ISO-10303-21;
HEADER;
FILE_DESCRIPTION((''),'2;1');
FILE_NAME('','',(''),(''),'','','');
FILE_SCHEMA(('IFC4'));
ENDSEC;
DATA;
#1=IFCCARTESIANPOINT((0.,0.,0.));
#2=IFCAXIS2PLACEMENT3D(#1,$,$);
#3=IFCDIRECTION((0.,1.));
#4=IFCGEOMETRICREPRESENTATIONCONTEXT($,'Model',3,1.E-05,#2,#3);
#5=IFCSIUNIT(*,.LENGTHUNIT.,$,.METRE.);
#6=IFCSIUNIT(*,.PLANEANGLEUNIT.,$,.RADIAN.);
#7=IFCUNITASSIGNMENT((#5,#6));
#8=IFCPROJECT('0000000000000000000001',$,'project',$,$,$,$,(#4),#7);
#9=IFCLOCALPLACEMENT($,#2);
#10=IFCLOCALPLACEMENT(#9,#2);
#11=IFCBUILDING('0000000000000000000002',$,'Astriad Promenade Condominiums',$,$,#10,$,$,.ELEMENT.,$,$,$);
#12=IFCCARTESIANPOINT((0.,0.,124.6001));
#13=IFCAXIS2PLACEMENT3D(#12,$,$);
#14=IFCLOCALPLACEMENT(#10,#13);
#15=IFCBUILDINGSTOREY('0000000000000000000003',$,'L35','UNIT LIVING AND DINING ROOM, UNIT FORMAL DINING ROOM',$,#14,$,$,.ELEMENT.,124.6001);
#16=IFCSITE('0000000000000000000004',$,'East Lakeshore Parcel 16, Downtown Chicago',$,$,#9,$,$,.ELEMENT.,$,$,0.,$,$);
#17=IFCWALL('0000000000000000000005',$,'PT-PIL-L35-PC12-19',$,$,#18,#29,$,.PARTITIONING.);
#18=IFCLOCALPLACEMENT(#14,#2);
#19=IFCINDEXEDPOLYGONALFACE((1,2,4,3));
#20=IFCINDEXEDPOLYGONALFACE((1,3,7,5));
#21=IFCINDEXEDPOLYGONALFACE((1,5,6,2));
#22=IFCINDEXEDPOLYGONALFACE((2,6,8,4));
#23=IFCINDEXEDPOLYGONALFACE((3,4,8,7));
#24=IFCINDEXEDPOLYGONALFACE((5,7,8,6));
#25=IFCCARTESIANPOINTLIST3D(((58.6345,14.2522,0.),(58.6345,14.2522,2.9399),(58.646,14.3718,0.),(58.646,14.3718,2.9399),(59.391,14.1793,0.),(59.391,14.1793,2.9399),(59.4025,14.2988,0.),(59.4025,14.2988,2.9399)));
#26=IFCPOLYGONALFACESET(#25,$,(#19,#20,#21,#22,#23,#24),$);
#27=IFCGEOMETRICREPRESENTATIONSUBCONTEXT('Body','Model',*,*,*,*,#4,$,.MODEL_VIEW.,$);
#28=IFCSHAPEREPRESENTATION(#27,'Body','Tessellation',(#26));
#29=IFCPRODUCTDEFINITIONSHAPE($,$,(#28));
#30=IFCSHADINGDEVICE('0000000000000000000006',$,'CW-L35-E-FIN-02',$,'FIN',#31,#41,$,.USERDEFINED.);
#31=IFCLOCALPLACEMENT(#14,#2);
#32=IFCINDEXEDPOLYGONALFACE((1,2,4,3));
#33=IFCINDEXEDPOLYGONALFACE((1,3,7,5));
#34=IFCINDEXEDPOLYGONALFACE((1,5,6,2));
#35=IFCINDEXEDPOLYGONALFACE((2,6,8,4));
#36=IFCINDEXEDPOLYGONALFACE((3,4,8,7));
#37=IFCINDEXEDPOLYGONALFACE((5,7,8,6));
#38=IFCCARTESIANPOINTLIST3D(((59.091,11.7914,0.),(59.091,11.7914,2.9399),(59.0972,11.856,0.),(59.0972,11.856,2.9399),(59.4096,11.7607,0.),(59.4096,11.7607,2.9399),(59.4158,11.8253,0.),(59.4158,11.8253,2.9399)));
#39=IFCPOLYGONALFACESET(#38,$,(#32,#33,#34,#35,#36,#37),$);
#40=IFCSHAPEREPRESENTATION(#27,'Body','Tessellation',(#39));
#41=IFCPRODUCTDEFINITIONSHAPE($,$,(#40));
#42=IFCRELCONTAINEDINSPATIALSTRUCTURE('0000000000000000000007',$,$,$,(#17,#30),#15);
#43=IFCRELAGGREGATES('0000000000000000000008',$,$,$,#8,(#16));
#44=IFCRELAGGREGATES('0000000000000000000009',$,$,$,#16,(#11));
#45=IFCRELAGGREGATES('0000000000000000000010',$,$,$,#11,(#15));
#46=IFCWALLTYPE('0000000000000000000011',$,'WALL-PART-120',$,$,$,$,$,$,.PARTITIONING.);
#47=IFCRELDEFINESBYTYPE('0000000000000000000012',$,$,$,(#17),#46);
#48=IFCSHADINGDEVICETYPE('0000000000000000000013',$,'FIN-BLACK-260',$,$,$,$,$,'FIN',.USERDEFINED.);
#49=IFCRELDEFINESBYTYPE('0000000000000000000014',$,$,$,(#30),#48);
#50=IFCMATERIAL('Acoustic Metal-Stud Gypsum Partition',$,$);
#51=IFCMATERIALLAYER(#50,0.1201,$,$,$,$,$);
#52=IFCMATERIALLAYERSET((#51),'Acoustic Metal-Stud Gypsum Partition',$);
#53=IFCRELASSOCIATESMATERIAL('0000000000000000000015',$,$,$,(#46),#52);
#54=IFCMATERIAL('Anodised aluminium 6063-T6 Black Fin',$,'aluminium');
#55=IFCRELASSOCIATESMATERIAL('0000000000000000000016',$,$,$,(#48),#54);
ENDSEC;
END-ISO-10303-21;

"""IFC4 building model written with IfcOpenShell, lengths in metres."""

from ifc_helpers import new_model, si_unit, direction, frame, frame_2d, origin, origin_2d, place, context, subcontext, project, spatial, rectangle, extrude, source, transform, mapped, material, layer, layer_set, type_object, type_shapes, element, save


model = new_model("IFC4")

# Units and contexts
model_context = context("Model", 3, precision=1e-05, world=origin(), true_north=direction((0.0, 1.0)))
body_context = subcontext(model_context, "Body", "Model", "MODEL_VIEW")
ifc_project = project(units=[si_unit("LENGTHUNIT", "METRE"), si_unit("PLANEANGLEUNIT", "RADIAN")], contexts=[model_context])

# Site, building, storey
site_placement = place(None, origin())
site = spatial("IfcSite", under=ifc_project, at=site_placement, Name="East Lakeshore Parcel 16, Downtown Chicago", CompositionType="ELEMENT", RefElevation=0.0)
building_placement = place(site_placement, origin())
building = spatial("IfcBuilding", under=site, at=building_placement, Name="Astriad Promenade Condominiums", CompositionType="ELEMENT")
storey_placement = place(building_placement, frame((0.0, 0.0, 124.6001)))
storey = spatial("IfcBuildingStorey", under=building, at=storey_placement, Name="L35", Description="UNIT LIVING AND DINING ROOM, UNIT FORMAL DINING ROOM", CompositionType="ELEMENT", Elevation=124.6001)

# Wall
ifc_material_1 = material(Name="Acoustic Metal-Stud Gypsum Partition")
ifc_layer_1 = layer(ifc_material_1, 0.1201)
ifc_layer_set_1 = layer_set([ifc_layer_1], Name="Acoustic Metal-Stud Gypsum Partition")
wall_type_1 = type_object("IfcWallType", Name="WALL-PART-120", PredefinedType="PARTITIONING", material=ifc_layer_set_1)
wall_1_placement = place(storey_placement, frame((58.6404, 14.312, 0.0), z_axis=(0.0, 0.0, 1.0), x_axis=(0.995378, -0.096037, 0.0)))
element("IfcWall", 1, at=wall_1_placement, inside=storey, type_object=wall_type_1, Name="PT-PIL-L35-PC12-19", PredefinedType="PARTITIONING", context=body_context, shape_type="SweptSolid", body=[
    extrude(rectangle(XDim=0.76, YDim=0.1201, at=frame_2d((0.3799, 0.0))), origin(), (0.0, 0.0, 1.0), 2.9399),
])

# Shading device
ifc_material_2 = material(Name="Anodised aluminium 6063-T6 Black Fin", Category="aluminium")
shading_device_type = type_object("IfcShadingDeviceType", Name="FIN-BLACK-260", ElementType="FIN", PredefinedType="USERDEFINED", material=ifc_material_2)
shared_shape_1 = source(origin(), body_context, "Body", "SweptSolid", [
    extrude(rectangle(XDim=0.0649, YDim=0.3201, at=origin_2d()), origin(), (0.0, 0.0, 1.0), 2.9399),
])
type_shapes(shading_device_type, [shared_shape_1])
shading_device_placement = place(storey_placement, frame((59.2534, 11.8083, 0.0), z_axis=(0.0, 0.0, 1.0), x_axis=(-0.095846, -0.995396, 0.0)))
element("IfcShadingDevice", 2, at=shading_device_placement, inside=storey, type_object=shading_device_type, Name="CW-L35-E-FIN-02", ObjectType="FIN", PredefinedType="USERDEFINED", context=body_context, shape_type="MappedRepresentation", body=[
    mapped(shared_shape_1, transform((0.0, 0.0, 0.0), scale=1.0)),
])

save(model, "model.ifc")
